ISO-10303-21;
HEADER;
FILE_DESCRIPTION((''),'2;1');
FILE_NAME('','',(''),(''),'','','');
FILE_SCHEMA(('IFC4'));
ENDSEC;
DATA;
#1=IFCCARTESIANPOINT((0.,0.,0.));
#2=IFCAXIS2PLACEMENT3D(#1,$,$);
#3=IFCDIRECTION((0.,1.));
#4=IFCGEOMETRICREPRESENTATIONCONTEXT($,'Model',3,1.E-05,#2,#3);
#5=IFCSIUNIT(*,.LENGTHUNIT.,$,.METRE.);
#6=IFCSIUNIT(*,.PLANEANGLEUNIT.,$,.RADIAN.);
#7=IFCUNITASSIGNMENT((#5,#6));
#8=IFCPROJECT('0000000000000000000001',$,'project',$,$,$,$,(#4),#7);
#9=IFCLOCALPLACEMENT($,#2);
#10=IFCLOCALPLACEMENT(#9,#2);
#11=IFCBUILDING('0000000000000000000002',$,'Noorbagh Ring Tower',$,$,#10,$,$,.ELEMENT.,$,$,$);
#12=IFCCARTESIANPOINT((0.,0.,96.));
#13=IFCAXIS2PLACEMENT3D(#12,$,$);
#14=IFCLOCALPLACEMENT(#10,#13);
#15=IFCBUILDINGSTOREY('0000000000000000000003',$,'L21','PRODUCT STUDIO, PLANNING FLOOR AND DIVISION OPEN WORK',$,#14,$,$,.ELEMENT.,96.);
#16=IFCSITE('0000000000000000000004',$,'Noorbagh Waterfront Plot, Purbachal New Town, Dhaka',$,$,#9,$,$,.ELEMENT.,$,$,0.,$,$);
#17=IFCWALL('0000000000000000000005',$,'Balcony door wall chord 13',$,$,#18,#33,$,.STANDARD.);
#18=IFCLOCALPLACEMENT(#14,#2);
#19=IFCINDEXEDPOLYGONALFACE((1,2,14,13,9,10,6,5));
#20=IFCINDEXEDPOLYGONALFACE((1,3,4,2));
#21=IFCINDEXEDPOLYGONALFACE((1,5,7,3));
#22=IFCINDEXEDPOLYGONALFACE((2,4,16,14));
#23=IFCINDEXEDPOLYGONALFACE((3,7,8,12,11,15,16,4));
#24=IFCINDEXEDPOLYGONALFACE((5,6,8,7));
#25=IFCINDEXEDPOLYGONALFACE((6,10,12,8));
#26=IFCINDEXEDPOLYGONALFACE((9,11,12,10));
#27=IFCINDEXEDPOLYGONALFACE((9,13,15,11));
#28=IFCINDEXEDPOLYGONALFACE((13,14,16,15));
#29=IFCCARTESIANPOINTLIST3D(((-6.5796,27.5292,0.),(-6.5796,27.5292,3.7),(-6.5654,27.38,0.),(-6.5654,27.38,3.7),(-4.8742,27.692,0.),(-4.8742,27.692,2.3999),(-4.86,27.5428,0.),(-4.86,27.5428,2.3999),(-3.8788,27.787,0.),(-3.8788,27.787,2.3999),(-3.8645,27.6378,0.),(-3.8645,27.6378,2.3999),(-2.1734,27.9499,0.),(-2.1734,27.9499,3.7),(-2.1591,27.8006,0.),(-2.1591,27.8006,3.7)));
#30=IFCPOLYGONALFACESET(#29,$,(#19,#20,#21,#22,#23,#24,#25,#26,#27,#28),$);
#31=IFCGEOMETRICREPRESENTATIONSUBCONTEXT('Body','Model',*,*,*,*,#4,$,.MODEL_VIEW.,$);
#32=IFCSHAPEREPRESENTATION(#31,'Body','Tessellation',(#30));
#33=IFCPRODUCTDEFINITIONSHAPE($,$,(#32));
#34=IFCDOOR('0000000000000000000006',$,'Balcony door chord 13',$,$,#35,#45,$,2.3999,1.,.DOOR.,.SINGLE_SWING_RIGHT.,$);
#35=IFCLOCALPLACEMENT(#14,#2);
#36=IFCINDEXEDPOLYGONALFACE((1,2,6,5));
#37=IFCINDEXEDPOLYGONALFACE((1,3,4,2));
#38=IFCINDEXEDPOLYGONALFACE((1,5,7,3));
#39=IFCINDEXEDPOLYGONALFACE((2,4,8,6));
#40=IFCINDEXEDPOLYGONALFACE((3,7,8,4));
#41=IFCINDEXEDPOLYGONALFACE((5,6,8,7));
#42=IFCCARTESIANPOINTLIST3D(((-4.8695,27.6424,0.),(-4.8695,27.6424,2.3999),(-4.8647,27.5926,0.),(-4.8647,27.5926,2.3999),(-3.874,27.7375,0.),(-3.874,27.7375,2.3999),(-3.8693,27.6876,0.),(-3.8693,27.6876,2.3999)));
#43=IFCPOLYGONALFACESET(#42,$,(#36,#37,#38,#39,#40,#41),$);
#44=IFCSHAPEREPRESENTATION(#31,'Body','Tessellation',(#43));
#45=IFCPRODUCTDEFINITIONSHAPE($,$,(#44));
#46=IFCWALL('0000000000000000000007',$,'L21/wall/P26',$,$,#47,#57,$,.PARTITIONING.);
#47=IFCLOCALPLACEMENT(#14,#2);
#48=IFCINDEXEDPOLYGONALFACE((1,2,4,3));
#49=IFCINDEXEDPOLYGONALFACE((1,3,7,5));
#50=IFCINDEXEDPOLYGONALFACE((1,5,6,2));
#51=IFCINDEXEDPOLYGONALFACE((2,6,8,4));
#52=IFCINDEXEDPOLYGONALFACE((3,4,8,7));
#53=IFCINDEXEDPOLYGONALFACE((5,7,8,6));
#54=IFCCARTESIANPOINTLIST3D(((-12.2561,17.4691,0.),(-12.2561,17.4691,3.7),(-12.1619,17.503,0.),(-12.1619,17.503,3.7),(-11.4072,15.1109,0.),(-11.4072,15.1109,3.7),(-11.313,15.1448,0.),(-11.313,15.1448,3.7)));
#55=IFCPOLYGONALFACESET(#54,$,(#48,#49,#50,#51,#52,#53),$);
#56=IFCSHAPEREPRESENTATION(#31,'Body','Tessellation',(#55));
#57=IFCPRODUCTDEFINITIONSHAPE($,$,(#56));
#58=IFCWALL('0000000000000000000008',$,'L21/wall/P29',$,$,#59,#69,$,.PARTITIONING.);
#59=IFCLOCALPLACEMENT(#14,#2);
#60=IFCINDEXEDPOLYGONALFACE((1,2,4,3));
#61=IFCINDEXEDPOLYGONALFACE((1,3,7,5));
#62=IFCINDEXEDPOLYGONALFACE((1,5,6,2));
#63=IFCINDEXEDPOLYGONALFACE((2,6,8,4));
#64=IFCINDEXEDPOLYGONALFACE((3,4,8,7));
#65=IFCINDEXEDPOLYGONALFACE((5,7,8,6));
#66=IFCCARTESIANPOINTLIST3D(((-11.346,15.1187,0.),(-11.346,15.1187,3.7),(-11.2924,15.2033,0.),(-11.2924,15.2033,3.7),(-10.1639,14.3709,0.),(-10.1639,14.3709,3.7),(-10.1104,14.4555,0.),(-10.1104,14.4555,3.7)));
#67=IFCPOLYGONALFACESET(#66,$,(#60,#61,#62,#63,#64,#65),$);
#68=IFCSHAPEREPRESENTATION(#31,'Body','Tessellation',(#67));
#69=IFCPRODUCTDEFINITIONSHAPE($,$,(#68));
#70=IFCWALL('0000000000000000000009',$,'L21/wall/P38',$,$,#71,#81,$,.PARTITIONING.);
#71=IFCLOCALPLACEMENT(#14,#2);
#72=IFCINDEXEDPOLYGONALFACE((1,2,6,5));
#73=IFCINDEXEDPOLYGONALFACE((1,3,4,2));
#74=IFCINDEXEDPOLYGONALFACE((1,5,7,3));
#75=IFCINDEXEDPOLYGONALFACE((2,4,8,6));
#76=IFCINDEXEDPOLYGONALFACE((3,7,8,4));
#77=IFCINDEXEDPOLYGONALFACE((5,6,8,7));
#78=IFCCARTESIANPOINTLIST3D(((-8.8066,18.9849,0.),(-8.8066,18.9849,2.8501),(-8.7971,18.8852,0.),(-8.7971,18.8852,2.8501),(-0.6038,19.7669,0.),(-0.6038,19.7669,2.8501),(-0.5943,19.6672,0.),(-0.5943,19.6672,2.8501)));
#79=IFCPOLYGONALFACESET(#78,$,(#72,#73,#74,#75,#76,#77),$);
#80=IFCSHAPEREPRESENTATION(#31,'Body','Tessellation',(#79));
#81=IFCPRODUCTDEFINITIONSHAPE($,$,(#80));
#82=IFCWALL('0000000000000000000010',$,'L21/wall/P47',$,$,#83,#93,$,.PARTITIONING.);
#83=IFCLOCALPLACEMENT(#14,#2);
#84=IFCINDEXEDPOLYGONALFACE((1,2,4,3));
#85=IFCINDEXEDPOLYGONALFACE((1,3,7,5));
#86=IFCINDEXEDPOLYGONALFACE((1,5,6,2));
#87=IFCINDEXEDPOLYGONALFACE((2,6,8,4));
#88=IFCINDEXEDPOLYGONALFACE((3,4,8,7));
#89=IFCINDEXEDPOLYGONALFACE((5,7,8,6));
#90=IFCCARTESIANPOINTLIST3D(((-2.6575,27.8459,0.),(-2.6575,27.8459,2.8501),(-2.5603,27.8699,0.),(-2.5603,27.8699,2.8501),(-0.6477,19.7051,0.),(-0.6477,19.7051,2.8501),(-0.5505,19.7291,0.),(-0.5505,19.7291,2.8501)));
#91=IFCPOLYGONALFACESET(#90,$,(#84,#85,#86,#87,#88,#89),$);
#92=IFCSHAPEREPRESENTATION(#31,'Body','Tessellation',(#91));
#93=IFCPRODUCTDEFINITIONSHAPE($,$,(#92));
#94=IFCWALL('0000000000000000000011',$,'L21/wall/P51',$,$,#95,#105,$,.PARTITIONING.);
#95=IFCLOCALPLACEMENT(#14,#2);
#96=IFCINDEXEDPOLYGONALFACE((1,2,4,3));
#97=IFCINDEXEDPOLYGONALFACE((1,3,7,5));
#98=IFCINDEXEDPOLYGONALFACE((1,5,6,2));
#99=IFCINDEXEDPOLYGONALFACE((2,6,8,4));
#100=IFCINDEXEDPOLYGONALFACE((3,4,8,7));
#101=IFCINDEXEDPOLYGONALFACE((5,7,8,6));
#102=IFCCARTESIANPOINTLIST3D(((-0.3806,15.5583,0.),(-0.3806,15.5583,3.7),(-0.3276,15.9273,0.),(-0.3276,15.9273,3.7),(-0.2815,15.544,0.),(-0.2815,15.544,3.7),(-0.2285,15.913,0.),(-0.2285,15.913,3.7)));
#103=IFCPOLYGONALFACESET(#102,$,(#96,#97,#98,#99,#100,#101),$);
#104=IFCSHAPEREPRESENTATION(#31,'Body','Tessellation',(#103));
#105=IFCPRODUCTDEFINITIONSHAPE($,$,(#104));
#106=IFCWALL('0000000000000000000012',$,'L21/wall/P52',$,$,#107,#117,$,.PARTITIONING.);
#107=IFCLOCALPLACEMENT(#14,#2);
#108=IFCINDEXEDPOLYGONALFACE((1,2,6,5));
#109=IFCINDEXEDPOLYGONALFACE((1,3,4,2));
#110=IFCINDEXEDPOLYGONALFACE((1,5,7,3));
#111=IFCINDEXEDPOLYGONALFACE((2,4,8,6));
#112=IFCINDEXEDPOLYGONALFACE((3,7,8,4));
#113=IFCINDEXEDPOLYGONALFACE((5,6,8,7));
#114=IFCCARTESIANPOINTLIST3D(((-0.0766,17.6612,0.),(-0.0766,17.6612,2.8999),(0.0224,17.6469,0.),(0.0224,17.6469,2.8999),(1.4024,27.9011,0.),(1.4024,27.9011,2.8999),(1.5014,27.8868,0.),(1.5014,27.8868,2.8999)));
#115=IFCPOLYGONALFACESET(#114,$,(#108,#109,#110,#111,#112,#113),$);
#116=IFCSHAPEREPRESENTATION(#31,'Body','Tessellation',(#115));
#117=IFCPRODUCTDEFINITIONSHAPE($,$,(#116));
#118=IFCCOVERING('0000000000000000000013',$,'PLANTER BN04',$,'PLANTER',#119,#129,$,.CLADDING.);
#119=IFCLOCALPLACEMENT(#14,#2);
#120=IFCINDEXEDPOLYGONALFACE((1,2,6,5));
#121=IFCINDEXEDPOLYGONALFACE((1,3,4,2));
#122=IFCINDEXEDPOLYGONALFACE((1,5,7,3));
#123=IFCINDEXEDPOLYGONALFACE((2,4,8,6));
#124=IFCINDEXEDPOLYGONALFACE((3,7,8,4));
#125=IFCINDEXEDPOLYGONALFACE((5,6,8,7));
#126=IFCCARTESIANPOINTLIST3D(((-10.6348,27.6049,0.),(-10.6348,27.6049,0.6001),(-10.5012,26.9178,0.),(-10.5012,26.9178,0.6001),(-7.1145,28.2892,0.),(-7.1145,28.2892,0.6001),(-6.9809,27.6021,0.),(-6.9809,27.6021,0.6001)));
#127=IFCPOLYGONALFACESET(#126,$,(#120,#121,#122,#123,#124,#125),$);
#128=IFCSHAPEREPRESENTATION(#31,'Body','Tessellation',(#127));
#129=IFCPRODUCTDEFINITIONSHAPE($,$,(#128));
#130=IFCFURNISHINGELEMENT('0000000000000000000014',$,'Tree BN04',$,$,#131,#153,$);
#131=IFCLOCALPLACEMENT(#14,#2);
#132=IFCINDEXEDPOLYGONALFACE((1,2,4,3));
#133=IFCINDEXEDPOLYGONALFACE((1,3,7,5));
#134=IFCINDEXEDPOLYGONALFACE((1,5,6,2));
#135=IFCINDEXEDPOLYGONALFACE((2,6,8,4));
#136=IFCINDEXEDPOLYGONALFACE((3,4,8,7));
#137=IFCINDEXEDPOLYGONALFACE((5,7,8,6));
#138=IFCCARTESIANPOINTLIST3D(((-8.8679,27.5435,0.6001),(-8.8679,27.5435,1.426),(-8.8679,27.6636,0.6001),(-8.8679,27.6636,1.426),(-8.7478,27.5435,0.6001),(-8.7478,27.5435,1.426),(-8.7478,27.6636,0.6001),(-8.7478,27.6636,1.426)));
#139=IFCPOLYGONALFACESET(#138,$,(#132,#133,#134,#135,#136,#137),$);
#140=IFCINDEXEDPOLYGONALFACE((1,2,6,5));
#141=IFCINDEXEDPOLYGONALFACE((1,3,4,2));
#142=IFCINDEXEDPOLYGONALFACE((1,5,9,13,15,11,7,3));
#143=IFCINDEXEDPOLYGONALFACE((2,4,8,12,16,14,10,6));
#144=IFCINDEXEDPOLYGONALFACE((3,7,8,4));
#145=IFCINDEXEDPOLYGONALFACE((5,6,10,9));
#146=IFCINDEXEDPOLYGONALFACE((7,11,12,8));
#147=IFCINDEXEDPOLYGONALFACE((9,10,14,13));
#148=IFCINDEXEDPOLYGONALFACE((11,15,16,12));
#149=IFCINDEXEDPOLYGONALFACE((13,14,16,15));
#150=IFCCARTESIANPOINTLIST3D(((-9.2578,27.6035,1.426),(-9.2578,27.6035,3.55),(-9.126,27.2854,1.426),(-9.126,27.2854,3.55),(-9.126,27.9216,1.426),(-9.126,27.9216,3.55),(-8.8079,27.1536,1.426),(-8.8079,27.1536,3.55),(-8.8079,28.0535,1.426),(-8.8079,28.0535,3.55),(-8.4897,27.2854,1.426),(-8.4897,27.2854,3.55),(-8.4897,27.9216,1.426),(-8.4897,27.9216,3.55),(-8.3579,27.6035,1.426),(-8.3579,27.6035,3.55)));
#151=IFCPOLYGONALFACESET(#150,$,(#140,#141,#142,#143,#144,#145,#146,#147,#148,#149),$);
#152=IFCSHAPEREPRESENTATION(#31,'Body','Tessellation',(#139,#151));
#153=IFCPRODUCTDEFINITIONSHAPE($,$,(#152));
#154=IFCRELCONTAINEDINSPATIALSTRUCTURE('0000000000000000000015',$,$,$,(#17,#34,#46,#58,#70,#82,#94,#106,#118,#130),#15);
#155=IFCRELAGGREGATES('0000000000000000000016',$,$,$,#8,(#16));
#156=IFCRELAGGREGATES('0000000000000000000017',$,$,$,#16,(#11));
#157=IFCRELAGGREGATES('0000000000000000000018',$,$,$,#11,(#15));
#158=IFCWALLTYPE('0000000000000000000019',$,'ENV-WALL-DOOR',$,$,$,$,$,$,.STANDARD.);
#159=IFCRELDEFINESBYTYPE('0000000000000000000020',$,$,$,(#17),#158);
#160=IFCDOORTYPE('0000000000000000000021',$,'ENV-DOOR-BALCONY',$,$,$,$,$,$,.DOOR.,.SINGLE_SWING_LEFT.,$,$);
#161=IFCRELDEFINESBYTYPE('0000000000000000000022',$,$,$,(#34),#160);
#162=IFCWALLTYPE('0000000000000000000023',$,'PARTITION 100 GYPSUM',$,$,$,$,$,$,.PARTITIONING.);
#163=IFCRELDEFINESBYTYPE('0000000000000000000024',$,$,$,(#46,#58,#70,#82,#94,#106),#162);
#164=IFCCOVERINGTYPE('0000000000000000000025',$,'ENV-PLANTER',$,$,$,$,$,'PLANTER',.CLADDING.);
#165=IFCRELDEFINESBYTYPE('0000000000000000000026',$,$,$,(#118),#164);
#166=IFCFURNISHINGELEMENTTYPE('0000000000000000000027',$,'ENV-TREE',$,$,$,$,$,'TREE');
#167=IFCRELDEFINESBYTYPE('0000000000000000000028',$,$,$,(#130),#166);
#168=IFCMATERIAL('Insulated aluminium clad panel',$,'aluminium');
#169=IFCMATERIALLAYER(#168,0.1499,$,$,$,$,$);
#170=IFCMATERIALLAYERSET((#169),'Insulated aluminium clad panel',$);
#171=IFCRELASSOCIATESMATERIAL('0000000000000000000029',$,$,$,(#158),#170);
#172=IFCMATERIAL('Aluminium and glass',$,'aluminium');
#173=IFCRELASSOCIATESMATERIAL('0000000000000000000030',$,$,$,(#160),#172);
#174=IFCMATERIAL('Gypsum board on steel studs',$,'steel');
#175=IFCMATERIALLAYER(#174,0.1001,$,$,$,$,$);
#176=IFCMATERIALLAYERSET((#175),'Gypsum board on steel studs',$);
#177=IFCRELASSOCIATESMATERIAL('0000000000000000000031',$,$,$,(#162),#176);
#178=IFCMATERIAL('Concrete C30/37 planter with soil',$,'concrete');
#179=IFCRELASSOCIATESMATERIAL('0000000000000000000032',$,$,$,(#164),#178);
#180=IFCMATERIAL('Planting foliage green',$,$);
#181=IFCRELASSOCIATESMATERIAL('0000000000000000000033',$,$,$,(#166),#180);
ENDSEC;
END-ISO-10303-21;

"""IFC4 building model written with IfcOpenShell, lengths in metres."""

from ifc_helpers import new_model, si_unit, direction, frame, frame_2d, origin, origin_2d, place, context, subcontext, project, spatial, polyline, rectangle, outline, extrude, material, layer, layer_set, type_object, element, fill, save


model = new_model("IFC4")

# Units and contexts
model_context = context("Model", 3, precision=1e-05, world=origin(), true_north=direction((0.0, 1.0)))
body_context = subcontext(model_context, "Body", "Model", "MODEL_VIEW")
ifc_project = project(units=[si_unit("LENGTHUNIT", "METRE"), si_unit("PLANEANGLEUNIT", "RADIAN")], contexts=[model_context])

# Site, building, storey
site_placement = place(None, origin())
site = spatial("IfcSite", under=ifc_project, at=site_placement, Name="Noorbagh Waterfront Plot, Purbachal New Town, Dhaka", CompositionType="ELEMENT", RefElevation=0.0)
building_placement = place(site_placement, origin())
building = spatial("IfcBuilding", under=site, at=building_placement, Name="Noorbagh Ring Tower", CompositionType="ELEMENT")
storey_placement = place(building_placement, frame((0.0, 0.0, 96.0)))
storey = spatial("IfcBuildingStorey", under=building, at=storey_placement, Name="L21", Description="PRODUCT STUDIO, PLANNING FLOOR AND DIVISION OPEN WORK", CompositionType="ELEMENT", Elevation=96.0)

# Wall, opening, door
ifc_material_1 = material(Name="Insulated aluminium clad panel", Category="aluminium")
ifc_layer_1 = layer(ifc_material_1, 0.1499)
ifc_layer_set_1 = layer_set([ifc_layer_1], Name="Insulated aluminium clad panel")
wall_type_1 = type_object("IfcWallType", Name="ENV-WALL-DOOR", PredefinedType="STANDARD", material=ifc_layer_set_1)
wall_1_placement = place(storey_placement, frame((-2.1663, 27.8752, 0.0), z_axis=(0.0, 0.0, 1.0), x_axis=(-0.995474, -0.095036, 0.0)))
wall_1 = element("IfcWall", 1, at=wall_1_placement, inside=storey, type_object=wall_type_1, Name="Balcony door wall chord 13", PredefinedType="STANDARD", context=body_context, shape_type="SweptSolid", body=[
    extrude(rectangle(XDim=4.4263, YDim=0.1499, at=frame_2d((2.2131, 0.0))), origin(), (0.0, 0.0, 1.0), 3.7),
])
opening_placement = place(wall_1_placement, frame((1.7131, 0.0, 0.0)))
opening = element("IfcOpeningElement", 2, at=opening_placement, cuts=wall_1, PredefinedType="OPENING", context=body_context, shape_type="SweptSolid", body=[
    extrude(rectangle(XDim=1.0, YDim=2.3999, at=frame_2d((0.5, 1.2))), frame((0.0, 0.085, 0.0), z_axis=(0.0, -1.0, 0.0), x_axis=(1.0, 0.0, 0.0)), (0.0, 0.0, 1.0), 0.1699),
])
ifc_material_2 = material(Name="Aluminium and glass", Category="aluminium")
door_type = type_object("IfcDoorType", Name="ENV-DOOR-BALCONY", OperationType="SINGLE_SWING_LEFT", PredefinedType="DOOR", material=ifc_material_2)
door_placement = place(opening_placement, origin())
door = element("IfcDoor", 3, at=door_placement, inside=storey, type_object=door_type, Name="Balcony door chord 13", OperationType="SINGLE_SWING_RIGHT", OverallHeight=2.3999, OverallWidth=1.0, PredefinedType="DOOR", context=body_context, shape_type="SweptSolid", body=[
    extrude(rectangle(XDim=1.0, YDim=2.3999, at=frame_2d((0.5, 1.2))), frame((0.0, 0.0249, 0.0), z_axis=(0.0, -1.0, 0.0), x_axis=(1.0, 0.0, 0.0)), (0.0, 0.0, 1.0), 0.05),
])
fill(opening, door)

# Walls
ifc_material_3 = material(Name="Gypsum board on steel studs", Category="steel")
ifc_layer_2 = layer(ifc_material_3, 0.1001)
ifc_layer_set_2 = layer_set([ifc_layer_2], Name="Gypsum board on steel studs")
wall_type_2 = type_object("IfcWallType", Name="PARTITION 100 GYPSUM", PredefinedType="PARTITIONING", material=ifc_layer_set_2)
wall_2_placement = place(storey_placement, frame((-12.209, 17.4861, 0.0), z_axis=(0.0, 0.0, 1.0), x_axis=(0.338699, -0.940895, 0.0)))
element("IfcWall", 4, at=wall_2_placement, inside=storey, type_object=wall_type_2, Name="L21/wall/P26", PredefinedType="PARTITIONING", context=body_context, shape_type="SweptSolid", body=[
    extrude(rectangle(XDim=2.5063, YDim=0.1001, at=frame_2d((1.2532, 0.0))), origin(), (0.0, 0.0, 1.0), 3.7),
])
wall_3_placement = place(storey_placement, frame((-11.3191, 15.1609, 0.0), z_axis=(0.0, 0.0, 1.0), x_axis=(0.845103, -0.534604, 0.0)))
element("IfcWall", 5, at=wall_3_placement, inside=storey, type_object=wall_type_2, Name="L21/wall/P29", PredefinedType="PARTITIONING", context=body_context, shape_type="SweptSolid", body=[
    extrude(rectangle(XDim=1.3987, YDim=0.1001, at=frame_2d((0.6992, 0.0))), origin(), (0.0, 0.0, 1.0), 3.7),
])
wall_4_placement = place(storey_placement, frame((-8.802, 18.9351, 0.0), z_axis=(0.0, 0.0, 1.0), x_axis=(0.995487, 0.0949, 0.0)))
element("IfcWall", 6, at=wall_4_placement, inside=storey, type_object=wall_type_2, Name="L21/wall/P38", PredefinedType="PARTITIONING", context=body_context, shape_type="SweptSolid", body=[
    extrude(rectangle(XDim=8.24, YDim=0.1001, at=frame_2d((4.1201, 0.0))), origin(), (0.0, 0.0, 1.0), 2.8501),
])
wall_5_placement = place(storey_placement, frame((-2.6089, 27.8579, 0.0), z_axis=(0.0, 0.0, 1.0), x_axis=(0.239678, -0.970852, 0.0)))
element("IfcWall", 7, at=wall_5_placement, inside=storey, type_object=wall_type_2, Name="L21/wall/P47", PredefinedType="PARTITIONING", context=body_context, shape_type="SweptSolid", body=[
    extrude(rectangle(XDim=8.3853, YDim=0.1001, at=frame_2d((4.1926, 0.0))), origin(), (0.0, 0.0, 1.0), 2.8501),
])
wall_6_placement = place(storey_placement, frame((-0.3311, 15.551, 0.0), z_axis=(0.0, 0.0, 1.0), x_axis=(0.142155, 0.989844, 0.0)))
element("IfcWall", 8, at=wall_6_placement, inside=storey, type_object=wall_type_2, Name="L21/wall/P51", PredefinedType="PARTITIONING", context=body_context, shape_type="SweptSolid", body=[
    extrude(rectangle(XDim=0.3728, YDim=0.1001, at=frame_2d((0.1865, 0.0))), origin(), (0.0, 0.0, 1.0), 3.7),
])
wall_7_placement = place(storey_placement, frame((-0.0271, 17.6541, 0.0), z_axis=(0.0, 0.0, 1.0), x_axis=(0.142951, 0.98973, 0.0)))
element("IfcWall", 9, at=wall_7_placement, inside=storey, type_object=wall_type_2, Name="L21/wall/P52", PredefinedType="PARTITIONING", context=body_context, shape_type="SweptSolid", body=[
    extrude(rectangle(XDim=10.3462, YDim=0.1001, at=frame_2d((5.1731, 0.0))), origin(), (0.0, 0.0, 1.0), 2.8999),
])

# Covering
ifc_material_4 = material(Name="Concrete C30/37 planter with soil", Category="concrete")
covering_type = type_object("IfcCoveringType", Name="ENV-PLANTER", ElementType="PLANTER", PredefinedType="CLADDING", material=ifc_material_4)
covering_placement = place(storey_placement, frame((-8.8079, 27.6035, 0.0), z_axis=(0.0, 0.0, 1.0), x_axis=(-0.981625, -0.19082, 0.0)))
element("IfcCovering", 10, at=covering_placement, inside=storey, type_object=covering_type, Name="PLANTER BN04", ObjectType="PLANTER", PredefinedType="CLADDING", context=body_context, shape_type="SweptSolid", body=[
    extrude(rectangle(XDim=3.5862, YDim=0.7, at=origin_2d()), origin(), (0.0, 0.0, 1.0), 0.6001),
])

# Furnishing element
ifc_material_5 = material(Name="Planting foliage green")
furnishing_element_type = type_object("IfcFurnishingElementType", Name="ENV-TREE", ElementType="TREE", material=ifc_material_5)
furnishing_placement = place(storey_placement, frame((-8.8079, 27.6035, 0.6001), z_axis=(0.0, 0.0, 1.0), x_axis=(1.0, 0.0, 0.0)))
element("IfcFurnishingElement", 11, at=furnishing_placement, inside=storey, type_object=furnishing_element_type, Name="Tree BN04", context=body_context, shape_type="SweptSolid", body=[
    extrude(rectangle(XDim=0.1201, YDim=0.1201, at=origin_2d()), origin(), (0.0, 0.0, 1.0), 0.8259),
    extrude(outline(polyline([(0.45, 0.0), (0.3181, 0.3181), (0.0, 0.45), (-0.3181, 0.3181), (-0.45, 0.0), (-0.3181, -0.3181), (0.0, -0.45), (0.3181, -0.3181), (0.45, 0.0)])), frame((0.0, 0.0, 0.8259)), (0.0, 0.0, 1.0), 2.124),
])

save(model, "model.ifc")
